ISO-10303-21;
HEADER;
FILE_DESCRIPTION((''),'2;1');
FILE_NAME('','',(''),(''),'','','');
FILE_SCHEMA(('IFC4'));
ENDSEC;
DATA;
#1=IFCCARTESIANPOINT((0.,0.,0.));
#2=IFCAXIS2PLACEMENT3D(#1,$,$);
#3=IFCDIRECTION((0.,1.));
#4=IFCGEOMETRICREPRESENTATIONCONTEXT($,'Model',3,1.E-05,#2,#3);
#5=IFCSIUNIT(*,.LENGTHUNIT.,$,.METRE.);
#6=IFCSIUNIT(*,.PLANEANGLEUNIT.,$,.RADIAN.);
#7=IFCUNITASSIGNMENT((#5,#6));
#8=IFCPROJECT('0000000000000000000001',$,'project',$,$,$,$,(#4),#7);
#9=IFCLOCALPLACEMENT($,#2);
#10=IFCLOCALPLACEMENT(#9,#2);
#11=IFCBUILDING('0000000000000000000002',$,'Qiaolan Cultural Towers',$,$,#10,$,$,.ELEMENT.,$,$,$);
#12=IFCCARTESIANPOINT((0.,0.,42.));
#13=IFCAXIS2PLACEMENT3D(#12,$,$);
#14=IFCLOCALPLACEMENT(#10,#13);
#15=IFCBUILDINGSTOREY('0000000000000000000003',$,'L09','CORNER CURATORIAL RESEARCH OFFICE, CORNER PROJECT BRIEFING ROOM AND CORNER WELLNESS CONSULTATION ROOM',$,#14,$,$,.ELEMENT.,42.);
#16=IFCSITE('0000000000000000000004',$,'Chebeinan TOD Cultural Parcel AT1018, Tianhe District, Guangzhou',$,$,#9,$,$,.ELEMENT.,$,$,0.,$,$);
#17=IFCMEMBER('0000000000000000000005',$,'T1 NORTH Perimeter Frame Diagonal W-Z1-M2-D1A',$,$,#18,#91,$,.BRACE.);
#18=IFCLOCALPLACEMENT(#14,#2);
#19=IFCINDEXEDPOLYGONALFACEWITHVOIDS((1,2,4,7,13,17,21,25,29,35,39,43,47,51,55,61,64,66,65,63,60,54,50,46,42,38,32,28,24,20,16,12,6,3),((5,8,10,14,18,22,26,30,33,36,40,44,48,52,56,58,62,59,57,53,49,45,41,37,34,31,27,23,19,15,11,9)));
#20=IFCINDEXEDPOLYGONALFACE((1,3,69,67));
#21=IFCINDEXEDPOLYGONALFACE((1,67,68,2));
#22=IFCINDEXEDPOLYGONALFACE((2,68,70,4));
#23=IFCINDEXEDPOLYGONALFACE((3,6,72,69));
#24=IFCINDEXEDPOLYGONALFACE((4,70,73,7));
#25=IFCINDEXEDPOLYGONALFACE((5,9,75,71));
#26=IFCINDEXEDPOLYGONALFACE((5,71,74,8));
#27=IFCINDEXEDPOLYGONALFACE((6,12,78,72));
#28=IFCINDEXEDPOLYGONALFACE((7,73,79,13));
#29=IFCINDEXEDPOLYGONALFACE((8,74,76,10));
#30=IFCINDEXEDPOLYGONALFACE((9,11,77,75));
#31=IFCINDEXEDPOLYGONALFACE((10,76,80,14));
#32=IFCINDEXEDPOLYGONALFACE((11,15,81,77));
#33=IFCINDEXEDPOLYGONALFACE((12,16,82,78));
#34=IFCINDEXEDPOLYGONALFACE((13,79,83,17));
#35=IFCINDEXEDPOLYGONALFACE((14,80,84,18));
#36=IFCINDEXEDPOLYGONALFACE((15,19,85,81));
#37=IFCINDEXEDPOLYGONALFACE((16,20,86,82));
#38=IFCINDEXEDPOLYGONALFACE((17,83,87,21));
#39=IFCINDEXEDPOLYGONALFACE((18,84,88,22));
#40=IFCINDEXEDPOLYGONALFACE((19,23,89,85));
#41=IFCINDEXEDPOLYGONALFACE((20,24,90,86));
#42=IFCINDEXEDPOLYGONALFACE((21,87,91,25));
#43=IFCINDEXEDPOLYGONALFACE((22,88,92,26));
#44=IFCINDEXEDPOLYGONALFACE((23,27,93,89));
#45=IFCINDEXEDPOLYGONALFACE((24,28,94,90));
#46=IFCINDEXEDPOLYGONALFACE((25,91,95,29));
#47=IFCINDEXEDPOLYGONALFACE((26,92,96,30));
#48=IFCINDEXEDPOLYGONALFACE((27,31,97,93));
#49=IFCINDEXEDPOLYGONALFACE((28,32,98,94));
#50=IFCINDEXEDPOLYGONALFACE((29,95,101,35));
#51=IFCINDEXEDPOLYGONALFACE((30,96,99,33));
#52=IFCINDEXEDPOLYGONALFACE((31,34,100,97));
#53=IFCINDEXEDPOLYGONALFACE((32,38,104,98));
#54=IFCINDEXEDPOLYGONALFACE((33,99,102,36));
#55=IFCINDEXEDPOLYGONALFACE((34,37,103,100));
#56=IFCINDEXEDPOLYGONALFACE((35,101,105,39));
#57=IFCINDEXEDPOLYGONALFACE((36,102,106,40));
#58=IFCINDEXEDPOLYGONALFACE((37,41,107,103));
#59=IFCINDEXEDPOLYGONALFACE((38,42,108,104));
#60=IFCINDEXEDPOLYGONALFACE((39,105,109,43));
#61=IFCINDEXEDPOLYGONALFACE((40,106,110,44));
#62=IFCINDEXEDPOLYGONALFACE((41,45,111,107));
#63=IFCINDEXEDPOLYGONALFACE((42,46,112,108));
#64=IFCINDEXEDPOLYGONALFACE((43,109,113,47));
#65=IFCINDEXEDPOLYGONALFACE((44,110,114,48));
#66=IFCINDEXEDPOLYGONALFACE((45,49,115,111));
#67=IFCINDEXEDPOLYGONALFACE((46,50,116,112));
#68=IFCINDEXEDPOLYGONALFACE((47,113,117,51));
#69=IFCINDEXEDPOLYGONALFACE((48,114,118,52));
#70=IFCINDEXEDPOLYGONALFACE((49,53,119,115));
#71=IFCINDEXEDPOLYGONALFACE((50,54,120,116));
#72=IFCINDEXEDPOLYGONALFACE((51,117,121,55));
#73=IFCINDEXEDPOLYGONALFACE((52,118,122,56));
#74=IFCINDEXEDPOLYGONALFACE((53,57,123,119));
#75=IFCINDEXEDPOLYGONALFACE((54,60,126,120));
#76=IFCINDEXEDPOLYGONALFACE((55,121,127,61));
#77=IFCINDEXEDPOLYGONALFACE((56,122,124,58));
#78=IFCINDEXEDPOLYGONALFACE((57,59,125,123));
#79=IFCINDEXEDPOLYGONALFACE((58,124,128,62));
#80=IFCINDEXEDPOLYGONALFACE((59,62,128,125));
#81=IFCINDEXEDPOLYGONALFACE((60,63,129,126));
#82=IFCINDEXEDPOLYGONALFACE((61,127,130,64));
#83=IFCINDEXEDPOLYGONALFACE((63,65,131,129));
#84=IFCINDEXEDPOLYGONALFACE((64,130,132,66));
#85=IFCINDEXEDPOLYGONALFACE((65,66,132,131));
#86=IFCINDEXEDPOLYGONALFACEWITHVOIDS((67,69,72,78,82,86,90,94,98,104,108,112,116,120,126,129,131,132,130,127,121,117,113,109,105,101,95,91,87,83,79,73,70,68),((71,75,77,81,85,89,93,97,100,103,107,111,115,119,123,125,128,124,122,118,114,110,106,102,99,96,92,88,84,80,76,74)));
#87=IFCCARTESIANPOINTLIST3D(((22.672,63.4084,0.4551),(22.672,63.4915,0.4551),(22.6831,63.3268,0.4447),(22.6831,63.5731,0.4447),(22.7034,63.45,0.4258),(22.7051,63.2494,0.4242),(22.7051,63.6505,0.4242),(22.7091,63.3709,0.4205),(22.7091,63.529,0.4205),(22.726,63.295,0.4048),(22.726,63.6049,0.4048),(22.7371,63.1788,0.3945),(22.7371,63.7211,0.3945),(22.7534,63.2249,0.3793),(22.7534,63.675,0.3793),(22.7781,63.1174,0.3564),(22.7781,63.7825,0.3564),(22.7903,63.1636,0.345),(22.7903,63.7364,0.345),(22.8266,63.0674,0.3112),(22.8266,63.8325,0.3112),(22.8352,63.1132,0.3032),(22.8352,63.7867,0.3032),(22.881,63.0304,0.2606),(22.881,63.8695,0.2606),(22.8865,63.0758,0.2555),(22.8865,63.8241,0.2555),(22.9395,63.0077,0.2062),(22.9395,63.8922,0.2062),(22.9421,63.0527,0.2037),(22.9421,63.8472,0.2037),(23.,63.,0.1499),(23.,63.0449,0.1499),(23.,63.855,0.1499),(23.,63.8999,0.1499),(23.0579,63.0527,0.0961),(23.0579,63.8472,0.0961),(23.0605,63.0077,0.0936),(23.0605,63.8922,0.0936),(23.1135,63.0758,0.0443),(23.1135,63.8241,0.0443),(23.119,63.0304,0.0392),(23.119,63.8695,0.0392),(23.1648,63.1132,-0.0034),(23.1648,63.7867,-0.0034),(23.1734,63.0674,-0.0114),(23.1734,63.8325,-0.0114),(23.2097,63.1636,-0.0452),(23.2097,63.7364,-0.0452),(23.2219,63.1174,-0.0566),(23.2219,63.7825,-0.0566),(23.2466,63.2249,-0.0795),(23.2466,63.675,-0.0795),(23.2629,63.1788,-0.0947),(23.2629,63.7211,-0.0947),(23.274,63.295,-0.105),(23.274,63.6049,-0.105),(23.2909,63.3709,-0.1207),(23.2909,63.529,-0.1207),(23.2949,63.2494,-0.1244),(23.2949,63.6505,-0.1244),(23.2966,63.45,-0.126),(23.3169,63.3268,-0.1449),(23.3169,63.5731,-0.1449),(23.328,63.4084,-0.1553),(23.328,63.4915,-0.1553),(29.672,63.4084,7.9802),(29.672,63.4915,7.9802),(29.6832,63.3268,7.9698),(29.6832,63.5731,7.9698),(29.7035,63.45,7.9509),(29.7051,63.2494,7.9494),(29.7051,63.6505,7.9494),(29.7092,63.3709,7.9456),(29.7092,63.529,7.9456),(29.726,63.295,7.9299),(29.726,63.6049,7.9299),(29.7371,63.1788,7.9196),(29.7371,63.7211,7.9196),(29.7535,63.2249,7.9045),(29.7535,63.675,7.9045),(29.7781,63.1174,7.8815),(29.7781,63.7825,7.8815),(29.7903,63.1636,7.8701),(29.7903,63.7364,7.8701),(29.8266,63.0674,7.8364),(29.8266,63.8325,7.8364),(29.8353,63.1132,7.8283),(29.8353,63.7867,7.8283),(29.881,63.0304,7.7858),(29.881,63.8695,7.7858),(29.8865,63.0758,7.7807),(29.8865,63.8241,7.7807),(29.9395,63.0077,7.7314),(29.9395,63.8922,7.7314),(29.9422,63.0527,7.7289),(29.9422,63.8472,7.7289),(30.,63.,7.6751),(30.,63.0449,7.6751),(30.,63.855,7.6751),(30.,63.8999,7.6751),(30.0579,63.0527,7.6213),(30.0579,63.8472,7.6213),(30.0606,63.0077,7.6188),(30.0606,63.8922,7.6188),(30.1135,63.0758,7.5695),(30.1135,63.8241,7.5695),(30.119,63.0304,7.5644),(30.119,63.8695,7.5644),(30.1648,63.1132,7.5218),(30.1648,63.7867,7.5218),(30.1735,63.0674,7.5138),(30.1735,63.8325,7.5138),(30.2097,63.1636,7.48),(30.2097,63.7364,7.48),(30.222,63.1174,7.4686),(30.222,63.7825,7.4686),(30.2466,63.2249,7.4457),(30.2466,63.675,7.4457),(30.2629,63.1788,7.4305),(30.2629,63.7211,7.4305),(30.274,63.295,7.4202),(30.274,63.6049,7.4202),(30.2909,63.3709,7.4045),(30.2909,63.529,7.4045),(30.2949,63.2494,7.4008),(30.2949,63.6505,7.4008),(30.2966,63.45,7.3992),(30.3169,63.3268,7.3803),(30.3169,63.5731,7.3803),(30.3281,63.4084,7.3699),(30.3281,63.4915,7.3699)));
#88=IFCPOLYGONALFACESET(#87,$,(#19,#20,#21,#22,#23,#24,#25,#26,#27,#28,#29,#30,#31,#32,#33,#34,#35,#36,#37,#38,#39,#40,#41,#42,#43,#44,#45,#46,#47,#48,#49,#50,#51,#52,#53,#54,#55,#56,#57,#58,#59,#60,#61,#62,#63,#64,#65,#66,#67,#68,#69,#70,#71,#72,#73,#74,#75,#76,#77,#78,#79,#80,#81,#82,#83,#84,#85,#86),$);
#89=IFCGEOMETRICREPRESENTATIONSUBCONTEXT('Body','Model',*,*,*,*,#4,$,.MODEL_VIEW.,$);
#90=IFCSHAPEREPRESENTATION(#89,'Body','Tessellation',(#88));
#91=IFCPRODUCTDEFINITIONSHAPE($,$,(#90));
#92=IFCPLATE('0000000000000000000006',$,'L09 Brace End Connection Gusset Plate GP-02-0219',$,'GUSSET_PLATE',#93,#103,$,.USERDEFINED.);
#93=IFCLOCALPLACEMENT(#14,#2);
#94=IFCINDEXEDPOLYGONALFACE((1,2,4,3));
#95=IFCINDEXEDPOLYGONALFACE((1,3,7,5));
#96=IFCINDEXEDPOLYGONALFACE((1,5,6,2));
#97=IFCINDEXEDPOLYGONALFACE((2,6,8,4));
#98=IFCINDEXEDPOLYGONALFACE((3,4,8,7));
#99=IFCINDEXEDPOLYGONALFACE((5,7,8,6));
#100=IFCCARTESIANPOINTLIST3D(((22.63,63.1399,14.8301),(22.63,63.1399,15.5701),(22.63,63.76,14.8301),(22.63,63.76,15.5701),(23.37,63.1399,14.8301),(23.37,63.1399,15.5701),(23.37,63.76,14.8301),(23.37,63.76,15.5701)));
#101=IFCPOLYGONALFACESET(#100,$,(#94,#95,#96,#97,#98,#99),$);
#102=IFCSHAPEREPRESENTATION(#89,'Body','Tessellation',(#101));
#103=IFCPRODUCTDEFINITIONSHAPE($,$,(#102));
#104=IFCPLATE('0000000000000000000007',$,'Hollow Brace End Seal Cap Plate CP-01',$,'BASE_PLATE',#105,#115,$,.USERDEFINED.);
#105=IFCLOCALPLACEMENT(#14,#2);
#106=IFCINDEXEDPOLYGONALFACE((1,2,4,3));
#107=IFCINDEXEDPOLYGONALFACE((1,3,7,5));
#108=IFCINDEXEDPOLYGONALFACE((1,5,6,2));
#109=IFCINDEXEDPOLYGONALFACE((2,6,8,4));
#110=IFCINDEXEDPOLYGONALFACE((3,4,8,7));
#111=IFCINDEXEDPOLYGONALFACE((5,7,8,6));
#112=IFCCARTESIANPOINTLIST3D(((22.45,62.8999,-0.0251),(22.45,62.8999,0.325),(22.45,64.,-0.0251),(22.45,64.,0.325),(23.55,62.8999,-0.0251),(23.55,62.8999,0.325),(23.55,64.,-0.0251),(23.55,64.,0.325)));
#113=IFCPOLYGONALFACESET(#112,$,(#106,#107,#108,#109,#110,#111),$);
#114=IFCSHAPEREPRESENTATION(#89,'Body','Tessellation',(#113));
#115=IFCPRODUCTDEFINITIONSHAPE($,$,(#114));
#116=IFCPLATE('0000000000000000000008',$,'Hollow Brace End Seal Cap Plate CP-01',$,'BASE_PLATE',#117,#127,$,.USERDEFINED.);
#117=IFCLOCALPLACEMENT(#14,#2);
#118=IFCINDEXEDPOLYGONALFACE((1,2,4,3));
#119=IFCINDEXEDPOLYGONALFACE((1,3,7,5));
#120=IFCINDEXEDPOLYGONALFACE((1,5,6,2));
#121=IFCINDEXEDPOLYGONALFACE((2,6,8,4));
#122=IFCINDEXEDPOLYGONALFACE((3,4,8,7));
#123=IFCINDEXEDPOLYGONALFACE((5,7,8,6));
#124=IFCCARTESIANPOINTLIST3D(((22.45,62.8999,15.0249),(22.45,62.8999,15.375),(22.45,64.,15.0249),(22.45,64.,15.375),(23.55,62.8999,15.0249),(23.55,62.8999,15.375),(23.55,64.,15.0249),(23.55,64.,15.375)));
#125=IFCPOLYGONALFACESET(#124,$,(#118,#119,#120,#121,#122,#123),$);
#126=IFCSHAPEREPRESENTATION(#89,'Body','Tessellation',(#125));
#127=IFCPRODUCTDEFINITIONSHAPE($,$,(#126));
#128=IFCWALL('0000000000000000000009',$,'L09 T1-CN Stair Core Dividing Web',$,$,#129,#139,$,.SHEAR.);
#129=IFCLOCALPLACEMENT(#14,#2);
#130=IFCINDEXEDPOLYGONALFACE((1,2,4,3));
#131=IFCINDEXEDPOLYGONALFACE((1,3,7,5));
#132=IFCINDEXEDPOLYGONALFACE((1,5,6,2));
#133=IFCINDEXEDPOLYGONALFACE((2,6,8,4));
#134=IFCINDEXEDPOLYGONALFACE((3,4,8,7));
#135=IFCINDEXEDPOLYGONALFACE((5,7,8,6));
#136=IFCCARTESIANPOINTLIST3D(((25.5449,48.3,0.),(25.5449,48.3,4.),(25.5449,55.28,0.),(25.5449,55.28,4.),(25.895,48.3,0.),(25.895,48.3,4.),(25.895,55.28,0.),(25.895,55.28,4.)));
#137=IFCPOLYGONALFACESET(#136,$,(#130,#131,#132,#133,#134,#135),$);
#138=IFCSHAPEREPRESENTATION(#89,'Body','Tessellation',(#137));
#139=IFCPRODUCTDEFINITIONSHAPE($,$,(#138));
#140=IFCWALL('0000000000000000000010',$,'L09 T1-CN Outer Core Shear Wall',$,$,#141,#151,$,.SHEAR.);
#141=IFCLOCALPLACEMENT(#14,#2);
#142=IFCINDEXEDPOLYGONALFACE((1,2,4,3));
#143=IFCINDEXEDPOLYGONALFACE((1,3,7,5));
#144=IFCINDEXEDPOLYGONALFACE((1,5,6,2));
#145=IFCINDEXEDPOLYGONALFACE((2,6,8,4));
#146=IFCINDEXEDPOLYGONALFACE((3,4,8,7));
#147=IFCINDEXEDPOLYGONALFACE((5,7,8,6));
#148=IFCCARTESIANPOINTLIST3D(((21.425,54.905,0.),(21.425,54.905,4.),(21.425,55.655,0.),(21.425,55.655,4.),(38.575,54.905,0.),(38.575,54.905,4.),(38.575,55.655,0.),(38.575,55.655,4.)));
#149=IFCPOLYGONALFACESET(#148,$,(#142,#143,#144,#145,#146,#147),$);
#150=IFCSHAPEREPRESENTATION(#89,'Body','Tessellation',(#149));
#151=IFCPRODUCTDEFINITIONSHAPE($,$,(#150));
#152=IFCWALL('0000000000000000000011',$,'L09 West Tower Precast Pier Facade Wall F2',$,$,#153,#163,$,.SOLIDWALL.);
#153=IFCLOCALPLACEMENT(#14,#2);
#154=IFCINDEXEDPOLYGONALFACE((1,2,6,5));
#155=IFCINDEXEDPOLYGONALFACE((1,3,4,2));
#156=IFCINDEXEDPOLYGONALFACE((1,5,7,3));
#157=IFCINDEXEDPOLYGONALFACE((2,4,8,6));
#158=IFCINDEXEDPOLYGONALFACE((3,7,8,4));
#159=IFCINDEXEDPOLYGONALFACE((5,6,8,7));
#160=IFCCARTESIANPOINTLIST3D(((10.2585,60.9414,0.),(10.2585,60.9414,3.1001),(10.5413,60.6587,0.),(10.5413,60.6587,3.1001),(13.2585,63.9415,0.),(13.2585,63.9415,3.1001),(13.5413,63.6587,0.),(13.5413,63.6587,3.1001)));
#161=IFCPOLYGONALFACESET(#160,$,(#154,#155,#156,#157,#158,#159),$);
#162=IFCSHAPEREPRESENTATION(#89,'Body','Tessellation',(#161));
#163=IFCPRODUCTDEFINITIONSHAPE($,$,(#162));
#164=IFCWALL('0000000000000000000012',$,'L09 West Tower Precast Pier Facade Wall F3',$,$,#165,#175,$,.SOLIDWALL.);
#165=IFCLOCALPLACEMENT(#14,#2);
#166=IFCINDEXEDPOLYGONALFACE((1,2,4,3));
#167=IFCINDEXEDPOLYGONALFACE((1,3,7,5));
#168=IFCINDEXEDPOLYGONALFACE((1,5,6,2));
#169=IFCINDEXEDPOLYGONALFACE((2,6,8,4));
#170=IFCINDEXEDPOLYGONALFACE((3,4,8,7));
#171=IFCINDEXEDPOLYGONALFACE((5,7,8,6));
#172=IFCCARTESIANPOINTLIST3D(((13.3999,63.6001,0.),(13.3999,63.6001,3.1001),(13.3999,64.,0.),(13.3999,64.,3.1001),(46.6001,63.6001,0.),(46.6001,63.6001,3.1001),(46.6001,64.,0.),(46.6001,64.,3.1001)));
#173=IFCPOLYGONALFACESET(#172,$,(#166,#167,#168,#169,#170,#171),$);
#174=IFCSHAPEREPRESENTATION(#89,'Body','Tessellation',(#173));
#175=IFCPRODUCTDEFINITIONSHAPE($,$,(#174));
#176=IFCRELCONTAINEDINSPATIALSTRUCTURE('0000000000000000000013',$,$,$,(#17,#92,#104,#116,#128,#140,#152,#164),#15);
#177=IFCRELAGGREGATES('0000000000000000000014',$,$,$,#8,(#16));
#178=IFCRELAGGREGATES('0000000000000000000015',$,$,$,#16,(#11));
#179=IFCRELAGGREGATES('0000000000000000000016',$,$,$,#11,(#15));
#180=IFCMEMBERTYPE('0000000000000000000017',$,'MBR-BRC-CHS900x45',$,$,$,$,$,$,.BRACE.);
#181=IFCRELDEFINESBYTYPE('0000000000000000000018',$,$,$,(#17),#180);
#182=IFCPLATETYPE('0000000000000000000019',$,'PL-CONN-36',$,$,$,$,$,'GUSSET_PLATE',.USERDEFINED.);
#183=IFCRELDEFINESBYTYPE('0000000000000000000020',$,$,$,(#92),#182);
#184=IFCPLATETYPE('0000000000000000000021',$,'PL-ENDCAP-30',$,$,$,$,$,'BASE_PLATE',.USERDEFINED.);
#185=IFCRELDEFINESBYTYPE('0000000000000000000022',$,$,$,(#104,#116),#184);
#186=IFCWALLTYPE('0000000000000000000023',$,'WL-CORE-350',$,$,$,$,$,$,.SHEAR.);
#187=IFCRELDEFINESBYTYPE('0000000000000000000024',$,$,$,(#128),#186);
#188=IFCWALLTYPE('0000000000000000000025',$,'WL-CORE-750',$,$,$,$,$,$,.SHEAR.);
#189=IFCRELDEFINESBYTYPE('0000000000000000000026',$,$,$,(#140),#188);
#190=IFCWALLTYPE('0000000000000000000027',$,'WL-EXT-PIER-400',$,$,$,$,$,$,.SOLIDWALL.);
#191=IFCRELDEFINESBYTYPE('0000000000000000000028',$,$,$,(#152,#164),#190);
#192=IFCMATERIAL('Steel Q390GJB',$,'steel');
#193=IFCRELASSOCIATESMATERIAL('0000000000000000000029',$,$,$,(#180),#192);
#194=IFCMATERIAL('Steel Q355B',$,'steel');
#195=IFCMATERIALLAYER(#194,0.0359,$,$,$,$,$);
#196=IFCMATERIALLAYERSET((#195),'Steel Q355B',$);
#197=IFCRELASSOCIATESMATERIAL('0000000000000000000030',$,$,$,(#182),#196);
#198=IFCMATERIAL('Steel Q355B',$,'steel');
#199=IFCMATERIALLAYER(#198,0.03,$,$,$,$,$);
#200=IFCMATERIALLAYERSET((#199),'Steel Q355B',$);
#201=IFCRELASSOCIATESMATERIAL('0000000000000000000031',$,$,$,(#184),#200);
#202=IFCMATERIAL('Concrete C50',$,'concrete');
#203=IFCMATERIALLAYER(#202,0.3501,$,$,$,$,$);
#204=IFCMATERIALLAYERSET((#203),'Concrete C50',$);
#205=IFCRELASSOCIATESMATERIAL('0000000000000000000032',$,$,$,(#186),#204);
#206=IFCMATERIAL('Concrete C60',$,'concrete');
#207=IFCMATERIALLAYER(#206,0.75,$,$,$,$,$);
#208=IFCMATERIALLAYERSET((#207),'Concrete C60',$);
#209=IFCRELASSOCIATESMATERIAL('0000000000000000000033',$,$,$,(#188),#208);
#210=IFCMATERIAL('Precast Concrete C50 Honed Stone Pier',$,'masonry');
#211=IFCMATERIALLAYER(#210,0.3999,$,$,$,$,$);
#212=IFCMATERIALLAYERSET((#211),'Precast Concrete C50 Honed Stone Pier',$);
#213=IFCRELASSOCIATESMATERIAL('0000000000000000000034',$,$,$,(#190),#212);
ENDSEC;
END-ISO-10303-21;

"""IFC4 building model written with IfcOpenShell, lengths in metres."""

from ifc_helpers import new_model, si_unit, direction, frame, frame_2d, origin, origin_2d, place, context, subcontext, project, spatial, rectangle, hollow_circle, extrude, material, layer, layer_set, material_profile, profile_set, type_object, element, save


model = new_model("IFC4")

# Units and contexts
model_context = context("Model", 3, precision=1e-05, world=origin(), true_north=direction((0.0, 1.0)))
body_context = subcontext(model_context, "Body", "Model", "MODEL_VIEW")
ifc_project = project(units=[si_unit("LENGTHUNIT", "METRE"), si_unit("PLANEANGLEUNIT", "RADIAN")], contexts=[model_context])

# Site, building, storey
site_placement = place(None, origin())
site = spatial("IfcSite", under=ifc_project, at=site_placement, Name="Chebeinan TOD Cultural Parcel AT1018, Tianhe District, Guangzhou", CompositionType="ELEMENT", RefElevation=0.0)
building_placement = place(site_placement, origin())
building = spatial("IfcBuilding", under=site, at=building_placement, Name="Qiaolan Cultural Towers", CompositionType="ELEMENT")
storey_placement = place(building_placement, frame((0.0, 0.0, 42.0)))
storey = spatial("IfcBuildingStorey", under=building, at=storey_placement, Name="L09", Description="CORNER CURATORIAL RESEARCH OFFICE, CORNER PROJECT BRIEFING ROOM AND CORNER WELLNESS CONSULTATION ROOM", CompositionType="ELEMENT", Elevation=42.0)

# Member
ifc_material_1 = material(Name="Steel Q390GJB", Category="steel")
ifc_material_profile_1 = material_profile(ifc_material_1, hollow_circle(Radius=0.45, WallThickness=0.0449, at=origin_2d()), Name="CHS900x45")
ifc_profile_set_1 = profile_set([ifc_material_profile_1], Name="Steel Q390GJB")
member_type = type_object("IfcMemberType", Name="MBR-BRC-CHS900x45", PredefinedType="BRACE", material=ifc_profile_set_1)
member_placement = place(storey_placement, frame((23.0, 63.45, 0.1499), z_axis=(0.681097, 0.0, 0.732193), x_axis=(0.0, 1.0, 0.0)))
element("IfcMember", 1, at=member_placement, inside=storey, type_object=member_type, Name="T1 NORTH Perimeter Frame Diagonal W-Z1-M2-D1A", PredefinedType="BRACE", context=body_context, shape_type="SweptSolid", body=[
    extrude(hollow_circle(Radius=0.45, WallThickness=0.0449, at=origin_2d()), origin(), (0.0, 0.0, 1.0), 10.2776),
])

# Plates
ifc_material_2 = material(Name="Steel Q355B", Category="steel")
ifc_layer_1 = layer(ifc_material_2, 0.0359)
ifc_layer_set_1 = layer_set([ifc_layer_1], Name="Steel Q355B")
plate_type_1 = type_object("IfcPlateType", Name="PL-CONN-36", ElementType="GUSSET_PLATE", PredefinedType="USERDEFINED", material=ifc_layer_set_1)
plate_placement = place(storey_placement, frame((23.0, 63.45, 14.8301), z_axis=(0.0, 0.0, 1.0), x_axis=(1.0, 0.0, 0.0)))
element("IfcPlate", 2, at=plate_placement, inside=storey, type_object=plate_type_1, Name="L09 Brace End Connection Gusset Plate GP-02-0219", ObjectType="GUSSET_PLATE", PredefinedType="USERDEFINED", context=body_context, shape_type="SweptSolid", body=[
    extrude(rectangle(XDim=0.74, YDim=0.6201, at=origin_2d()), origin(), (0.0, 0.0, 1.0), 0.74),
])
ifc_material_3 = material(Name="Steel Q355B", Category="steel")
ifc_layer_2 = layer(ifc_material_3, 0.03)
ifc_layer_set_2 = layer_set([ifc_layer_2], Name="Steel Q355B")
plate_type_2 = type_object("IfcPlateType", Name="PL-ENDCAP-30", ElementType="BASE_PLATE", PredefinedType="USERDEFINED", material=ifc_layer_set_2)
for number, where, z_axis, x_axis, name in (
    (3, (23.0, 63.45, -0.0251), (0.0, 0.0, 1.0), (1.0, 0.0, 0.0), "Hollow Brace End Seal Cap Plate CP-01"),
    (4, (23.0, 63.45, 15.0249), (0.0, 0.0, 1.0), (1.0, 0.0, 0.0), "Hollow Brace End Seal Cap Plate CP-01"),
):
    element("IfcPlate", number, at=place(storey_placement, frame(where, z_axis=z_axis, x_axis=x_axis)), inside=storey, type_object=plate_type_2, Name=name, ObjectType="BASE_PLATE", PredefinedType="USERDEFINED", context=body_context, shape_type="SweptSolid", body=[
        extrude(rectangle(XDim=1.1001, YDim=1.1001, at=origin_2d()), origin(), (0.0, 0.0, 1.0), 0.3501),
    ])

# Walls
ifc_material_4 = material(Name="Concrete C50", Category="concrete")
ifc_layer_3 = layer(ifc_material_4, 0.3501)
ifc_layer_set_3 = layer_set([ifc_layer_3], Name="Concrete C50")
wall_type_1 = type_object("IfcWallType", Name="WL-CORE-350", PredefinedType="SHEAR", material=ifc_layer_set_3)
wall_1_placement = place(storey_placement, frame((25.72, 48.3, 0.0), z_axis=(0.0, 0.0, 1.0), x_axis=(0.0, 1.0, 0.0)))
element("IfcWall", 5, at=wall_1_placement, inside=storey, type_object=wall_type_1, Name="L09 T1-CN Stair Core Dividing Web", PredefinedType="SHEAR", context=body_context, shape_type="SweptSolid", body=[
    extrude(rectangle(XDim=6.98, YDim=0.3501, at=frame_2d((3.49, 0.0))), origin(), (0.0, 0.0, 1.0), 4.0),
])
ifc_material_5 = material(Name="Concrete C60", Category="concrete")
ifc_layer_4 = layer(ifc_material_5, 0.75)
ifc_layer_set_4 = layer_set([ifc_layer_4], Name="Concrete C60")
wall_type_2 = type_object("IfcWallType", Name="WL-CORE-750", PredefinedType="SHEAR", material=ifc_layer_set_4)
wall_2_placement = place(storey_placement, frame((21.425, 55.28, 0.0), z_axis=(0.0, 0.0, 1.0), x_axis=(1.0, 0.0, 0.0)))
element("IfcWall", 6, at=wall_2_placement, inside=storey, type_object=wall_type_2, Name="L09 T1-CN Outer Core Shear Wall", PredefinedType="SHEAR", context=body_context, shape_type="SweptSolid", body=[
    extrude(rectangle(XDim=17.1499, YDim=0.75, at=frame_2d((8.575, 0.0))), origin(), (0.0, 0.0, 1.0), 4.0),
])
ifc_material_6 = material(Name="Precast Concrete C50 Honed Stone Pier", Category="masonry")
ifc_layer_5 = layer(ifc_material_6, 0.3999)
ifc_layer_set_5 = layer_set([ifc_layer_5], Name="Precast Concrete C50 Honed Stone Pier")
wall_type_3 = type_object("IfcWallType", Name="WL-EXT-PIER-400", PredefinedType="SOLIDWALL", material=ifc_layer_set_5)
wall_3_placement = place(storey_placement, frame((10.3999, 60.8, 0.0), z_axis=(0.0, 0.0, 1.0), x_axis=(0.707107, 0.707107, 0.0)))
element("IfcWall", 7, at=wall_3_placement, inside=storey, type_object=wall_type_3, Name="L09 West Tower Precast Pier Facade Wall F2", PredefinedType="SOLIDWALL", context=body_context, shape_type="SweptSolid", body=[
    extrude(rectangle(XDim=4.2427, YDim=0.3999, at=frame_2d((2.1213, 0.0))), origin(), (0.0, 0.0, 1.0), 3.1001),
])
wall_4_placement = place(storey_placement, frame((13.3999, 63.8, 0.0), z_axis=(0.0, 0.0, 1.0), x_axis=(1.0, 0.0, 0.0)))
element("IfcWall", 8, at=wall_4_placement, inside=storey, type_object=wall_type_3, Name="L09 West Tower Precast Pier Facade Wall F3", PredefinedType="SOLIDWALL", context=body_context, shape_type="SweptSolid", body=[
    extrude(rectangle(XDim=33.2002, YDim=0.3999, at=frame_2d((16.6001, 0.0))), origin(), (0.0, 0.0, 1.0), 3.1001),
])

save(model, "model.ifc")
